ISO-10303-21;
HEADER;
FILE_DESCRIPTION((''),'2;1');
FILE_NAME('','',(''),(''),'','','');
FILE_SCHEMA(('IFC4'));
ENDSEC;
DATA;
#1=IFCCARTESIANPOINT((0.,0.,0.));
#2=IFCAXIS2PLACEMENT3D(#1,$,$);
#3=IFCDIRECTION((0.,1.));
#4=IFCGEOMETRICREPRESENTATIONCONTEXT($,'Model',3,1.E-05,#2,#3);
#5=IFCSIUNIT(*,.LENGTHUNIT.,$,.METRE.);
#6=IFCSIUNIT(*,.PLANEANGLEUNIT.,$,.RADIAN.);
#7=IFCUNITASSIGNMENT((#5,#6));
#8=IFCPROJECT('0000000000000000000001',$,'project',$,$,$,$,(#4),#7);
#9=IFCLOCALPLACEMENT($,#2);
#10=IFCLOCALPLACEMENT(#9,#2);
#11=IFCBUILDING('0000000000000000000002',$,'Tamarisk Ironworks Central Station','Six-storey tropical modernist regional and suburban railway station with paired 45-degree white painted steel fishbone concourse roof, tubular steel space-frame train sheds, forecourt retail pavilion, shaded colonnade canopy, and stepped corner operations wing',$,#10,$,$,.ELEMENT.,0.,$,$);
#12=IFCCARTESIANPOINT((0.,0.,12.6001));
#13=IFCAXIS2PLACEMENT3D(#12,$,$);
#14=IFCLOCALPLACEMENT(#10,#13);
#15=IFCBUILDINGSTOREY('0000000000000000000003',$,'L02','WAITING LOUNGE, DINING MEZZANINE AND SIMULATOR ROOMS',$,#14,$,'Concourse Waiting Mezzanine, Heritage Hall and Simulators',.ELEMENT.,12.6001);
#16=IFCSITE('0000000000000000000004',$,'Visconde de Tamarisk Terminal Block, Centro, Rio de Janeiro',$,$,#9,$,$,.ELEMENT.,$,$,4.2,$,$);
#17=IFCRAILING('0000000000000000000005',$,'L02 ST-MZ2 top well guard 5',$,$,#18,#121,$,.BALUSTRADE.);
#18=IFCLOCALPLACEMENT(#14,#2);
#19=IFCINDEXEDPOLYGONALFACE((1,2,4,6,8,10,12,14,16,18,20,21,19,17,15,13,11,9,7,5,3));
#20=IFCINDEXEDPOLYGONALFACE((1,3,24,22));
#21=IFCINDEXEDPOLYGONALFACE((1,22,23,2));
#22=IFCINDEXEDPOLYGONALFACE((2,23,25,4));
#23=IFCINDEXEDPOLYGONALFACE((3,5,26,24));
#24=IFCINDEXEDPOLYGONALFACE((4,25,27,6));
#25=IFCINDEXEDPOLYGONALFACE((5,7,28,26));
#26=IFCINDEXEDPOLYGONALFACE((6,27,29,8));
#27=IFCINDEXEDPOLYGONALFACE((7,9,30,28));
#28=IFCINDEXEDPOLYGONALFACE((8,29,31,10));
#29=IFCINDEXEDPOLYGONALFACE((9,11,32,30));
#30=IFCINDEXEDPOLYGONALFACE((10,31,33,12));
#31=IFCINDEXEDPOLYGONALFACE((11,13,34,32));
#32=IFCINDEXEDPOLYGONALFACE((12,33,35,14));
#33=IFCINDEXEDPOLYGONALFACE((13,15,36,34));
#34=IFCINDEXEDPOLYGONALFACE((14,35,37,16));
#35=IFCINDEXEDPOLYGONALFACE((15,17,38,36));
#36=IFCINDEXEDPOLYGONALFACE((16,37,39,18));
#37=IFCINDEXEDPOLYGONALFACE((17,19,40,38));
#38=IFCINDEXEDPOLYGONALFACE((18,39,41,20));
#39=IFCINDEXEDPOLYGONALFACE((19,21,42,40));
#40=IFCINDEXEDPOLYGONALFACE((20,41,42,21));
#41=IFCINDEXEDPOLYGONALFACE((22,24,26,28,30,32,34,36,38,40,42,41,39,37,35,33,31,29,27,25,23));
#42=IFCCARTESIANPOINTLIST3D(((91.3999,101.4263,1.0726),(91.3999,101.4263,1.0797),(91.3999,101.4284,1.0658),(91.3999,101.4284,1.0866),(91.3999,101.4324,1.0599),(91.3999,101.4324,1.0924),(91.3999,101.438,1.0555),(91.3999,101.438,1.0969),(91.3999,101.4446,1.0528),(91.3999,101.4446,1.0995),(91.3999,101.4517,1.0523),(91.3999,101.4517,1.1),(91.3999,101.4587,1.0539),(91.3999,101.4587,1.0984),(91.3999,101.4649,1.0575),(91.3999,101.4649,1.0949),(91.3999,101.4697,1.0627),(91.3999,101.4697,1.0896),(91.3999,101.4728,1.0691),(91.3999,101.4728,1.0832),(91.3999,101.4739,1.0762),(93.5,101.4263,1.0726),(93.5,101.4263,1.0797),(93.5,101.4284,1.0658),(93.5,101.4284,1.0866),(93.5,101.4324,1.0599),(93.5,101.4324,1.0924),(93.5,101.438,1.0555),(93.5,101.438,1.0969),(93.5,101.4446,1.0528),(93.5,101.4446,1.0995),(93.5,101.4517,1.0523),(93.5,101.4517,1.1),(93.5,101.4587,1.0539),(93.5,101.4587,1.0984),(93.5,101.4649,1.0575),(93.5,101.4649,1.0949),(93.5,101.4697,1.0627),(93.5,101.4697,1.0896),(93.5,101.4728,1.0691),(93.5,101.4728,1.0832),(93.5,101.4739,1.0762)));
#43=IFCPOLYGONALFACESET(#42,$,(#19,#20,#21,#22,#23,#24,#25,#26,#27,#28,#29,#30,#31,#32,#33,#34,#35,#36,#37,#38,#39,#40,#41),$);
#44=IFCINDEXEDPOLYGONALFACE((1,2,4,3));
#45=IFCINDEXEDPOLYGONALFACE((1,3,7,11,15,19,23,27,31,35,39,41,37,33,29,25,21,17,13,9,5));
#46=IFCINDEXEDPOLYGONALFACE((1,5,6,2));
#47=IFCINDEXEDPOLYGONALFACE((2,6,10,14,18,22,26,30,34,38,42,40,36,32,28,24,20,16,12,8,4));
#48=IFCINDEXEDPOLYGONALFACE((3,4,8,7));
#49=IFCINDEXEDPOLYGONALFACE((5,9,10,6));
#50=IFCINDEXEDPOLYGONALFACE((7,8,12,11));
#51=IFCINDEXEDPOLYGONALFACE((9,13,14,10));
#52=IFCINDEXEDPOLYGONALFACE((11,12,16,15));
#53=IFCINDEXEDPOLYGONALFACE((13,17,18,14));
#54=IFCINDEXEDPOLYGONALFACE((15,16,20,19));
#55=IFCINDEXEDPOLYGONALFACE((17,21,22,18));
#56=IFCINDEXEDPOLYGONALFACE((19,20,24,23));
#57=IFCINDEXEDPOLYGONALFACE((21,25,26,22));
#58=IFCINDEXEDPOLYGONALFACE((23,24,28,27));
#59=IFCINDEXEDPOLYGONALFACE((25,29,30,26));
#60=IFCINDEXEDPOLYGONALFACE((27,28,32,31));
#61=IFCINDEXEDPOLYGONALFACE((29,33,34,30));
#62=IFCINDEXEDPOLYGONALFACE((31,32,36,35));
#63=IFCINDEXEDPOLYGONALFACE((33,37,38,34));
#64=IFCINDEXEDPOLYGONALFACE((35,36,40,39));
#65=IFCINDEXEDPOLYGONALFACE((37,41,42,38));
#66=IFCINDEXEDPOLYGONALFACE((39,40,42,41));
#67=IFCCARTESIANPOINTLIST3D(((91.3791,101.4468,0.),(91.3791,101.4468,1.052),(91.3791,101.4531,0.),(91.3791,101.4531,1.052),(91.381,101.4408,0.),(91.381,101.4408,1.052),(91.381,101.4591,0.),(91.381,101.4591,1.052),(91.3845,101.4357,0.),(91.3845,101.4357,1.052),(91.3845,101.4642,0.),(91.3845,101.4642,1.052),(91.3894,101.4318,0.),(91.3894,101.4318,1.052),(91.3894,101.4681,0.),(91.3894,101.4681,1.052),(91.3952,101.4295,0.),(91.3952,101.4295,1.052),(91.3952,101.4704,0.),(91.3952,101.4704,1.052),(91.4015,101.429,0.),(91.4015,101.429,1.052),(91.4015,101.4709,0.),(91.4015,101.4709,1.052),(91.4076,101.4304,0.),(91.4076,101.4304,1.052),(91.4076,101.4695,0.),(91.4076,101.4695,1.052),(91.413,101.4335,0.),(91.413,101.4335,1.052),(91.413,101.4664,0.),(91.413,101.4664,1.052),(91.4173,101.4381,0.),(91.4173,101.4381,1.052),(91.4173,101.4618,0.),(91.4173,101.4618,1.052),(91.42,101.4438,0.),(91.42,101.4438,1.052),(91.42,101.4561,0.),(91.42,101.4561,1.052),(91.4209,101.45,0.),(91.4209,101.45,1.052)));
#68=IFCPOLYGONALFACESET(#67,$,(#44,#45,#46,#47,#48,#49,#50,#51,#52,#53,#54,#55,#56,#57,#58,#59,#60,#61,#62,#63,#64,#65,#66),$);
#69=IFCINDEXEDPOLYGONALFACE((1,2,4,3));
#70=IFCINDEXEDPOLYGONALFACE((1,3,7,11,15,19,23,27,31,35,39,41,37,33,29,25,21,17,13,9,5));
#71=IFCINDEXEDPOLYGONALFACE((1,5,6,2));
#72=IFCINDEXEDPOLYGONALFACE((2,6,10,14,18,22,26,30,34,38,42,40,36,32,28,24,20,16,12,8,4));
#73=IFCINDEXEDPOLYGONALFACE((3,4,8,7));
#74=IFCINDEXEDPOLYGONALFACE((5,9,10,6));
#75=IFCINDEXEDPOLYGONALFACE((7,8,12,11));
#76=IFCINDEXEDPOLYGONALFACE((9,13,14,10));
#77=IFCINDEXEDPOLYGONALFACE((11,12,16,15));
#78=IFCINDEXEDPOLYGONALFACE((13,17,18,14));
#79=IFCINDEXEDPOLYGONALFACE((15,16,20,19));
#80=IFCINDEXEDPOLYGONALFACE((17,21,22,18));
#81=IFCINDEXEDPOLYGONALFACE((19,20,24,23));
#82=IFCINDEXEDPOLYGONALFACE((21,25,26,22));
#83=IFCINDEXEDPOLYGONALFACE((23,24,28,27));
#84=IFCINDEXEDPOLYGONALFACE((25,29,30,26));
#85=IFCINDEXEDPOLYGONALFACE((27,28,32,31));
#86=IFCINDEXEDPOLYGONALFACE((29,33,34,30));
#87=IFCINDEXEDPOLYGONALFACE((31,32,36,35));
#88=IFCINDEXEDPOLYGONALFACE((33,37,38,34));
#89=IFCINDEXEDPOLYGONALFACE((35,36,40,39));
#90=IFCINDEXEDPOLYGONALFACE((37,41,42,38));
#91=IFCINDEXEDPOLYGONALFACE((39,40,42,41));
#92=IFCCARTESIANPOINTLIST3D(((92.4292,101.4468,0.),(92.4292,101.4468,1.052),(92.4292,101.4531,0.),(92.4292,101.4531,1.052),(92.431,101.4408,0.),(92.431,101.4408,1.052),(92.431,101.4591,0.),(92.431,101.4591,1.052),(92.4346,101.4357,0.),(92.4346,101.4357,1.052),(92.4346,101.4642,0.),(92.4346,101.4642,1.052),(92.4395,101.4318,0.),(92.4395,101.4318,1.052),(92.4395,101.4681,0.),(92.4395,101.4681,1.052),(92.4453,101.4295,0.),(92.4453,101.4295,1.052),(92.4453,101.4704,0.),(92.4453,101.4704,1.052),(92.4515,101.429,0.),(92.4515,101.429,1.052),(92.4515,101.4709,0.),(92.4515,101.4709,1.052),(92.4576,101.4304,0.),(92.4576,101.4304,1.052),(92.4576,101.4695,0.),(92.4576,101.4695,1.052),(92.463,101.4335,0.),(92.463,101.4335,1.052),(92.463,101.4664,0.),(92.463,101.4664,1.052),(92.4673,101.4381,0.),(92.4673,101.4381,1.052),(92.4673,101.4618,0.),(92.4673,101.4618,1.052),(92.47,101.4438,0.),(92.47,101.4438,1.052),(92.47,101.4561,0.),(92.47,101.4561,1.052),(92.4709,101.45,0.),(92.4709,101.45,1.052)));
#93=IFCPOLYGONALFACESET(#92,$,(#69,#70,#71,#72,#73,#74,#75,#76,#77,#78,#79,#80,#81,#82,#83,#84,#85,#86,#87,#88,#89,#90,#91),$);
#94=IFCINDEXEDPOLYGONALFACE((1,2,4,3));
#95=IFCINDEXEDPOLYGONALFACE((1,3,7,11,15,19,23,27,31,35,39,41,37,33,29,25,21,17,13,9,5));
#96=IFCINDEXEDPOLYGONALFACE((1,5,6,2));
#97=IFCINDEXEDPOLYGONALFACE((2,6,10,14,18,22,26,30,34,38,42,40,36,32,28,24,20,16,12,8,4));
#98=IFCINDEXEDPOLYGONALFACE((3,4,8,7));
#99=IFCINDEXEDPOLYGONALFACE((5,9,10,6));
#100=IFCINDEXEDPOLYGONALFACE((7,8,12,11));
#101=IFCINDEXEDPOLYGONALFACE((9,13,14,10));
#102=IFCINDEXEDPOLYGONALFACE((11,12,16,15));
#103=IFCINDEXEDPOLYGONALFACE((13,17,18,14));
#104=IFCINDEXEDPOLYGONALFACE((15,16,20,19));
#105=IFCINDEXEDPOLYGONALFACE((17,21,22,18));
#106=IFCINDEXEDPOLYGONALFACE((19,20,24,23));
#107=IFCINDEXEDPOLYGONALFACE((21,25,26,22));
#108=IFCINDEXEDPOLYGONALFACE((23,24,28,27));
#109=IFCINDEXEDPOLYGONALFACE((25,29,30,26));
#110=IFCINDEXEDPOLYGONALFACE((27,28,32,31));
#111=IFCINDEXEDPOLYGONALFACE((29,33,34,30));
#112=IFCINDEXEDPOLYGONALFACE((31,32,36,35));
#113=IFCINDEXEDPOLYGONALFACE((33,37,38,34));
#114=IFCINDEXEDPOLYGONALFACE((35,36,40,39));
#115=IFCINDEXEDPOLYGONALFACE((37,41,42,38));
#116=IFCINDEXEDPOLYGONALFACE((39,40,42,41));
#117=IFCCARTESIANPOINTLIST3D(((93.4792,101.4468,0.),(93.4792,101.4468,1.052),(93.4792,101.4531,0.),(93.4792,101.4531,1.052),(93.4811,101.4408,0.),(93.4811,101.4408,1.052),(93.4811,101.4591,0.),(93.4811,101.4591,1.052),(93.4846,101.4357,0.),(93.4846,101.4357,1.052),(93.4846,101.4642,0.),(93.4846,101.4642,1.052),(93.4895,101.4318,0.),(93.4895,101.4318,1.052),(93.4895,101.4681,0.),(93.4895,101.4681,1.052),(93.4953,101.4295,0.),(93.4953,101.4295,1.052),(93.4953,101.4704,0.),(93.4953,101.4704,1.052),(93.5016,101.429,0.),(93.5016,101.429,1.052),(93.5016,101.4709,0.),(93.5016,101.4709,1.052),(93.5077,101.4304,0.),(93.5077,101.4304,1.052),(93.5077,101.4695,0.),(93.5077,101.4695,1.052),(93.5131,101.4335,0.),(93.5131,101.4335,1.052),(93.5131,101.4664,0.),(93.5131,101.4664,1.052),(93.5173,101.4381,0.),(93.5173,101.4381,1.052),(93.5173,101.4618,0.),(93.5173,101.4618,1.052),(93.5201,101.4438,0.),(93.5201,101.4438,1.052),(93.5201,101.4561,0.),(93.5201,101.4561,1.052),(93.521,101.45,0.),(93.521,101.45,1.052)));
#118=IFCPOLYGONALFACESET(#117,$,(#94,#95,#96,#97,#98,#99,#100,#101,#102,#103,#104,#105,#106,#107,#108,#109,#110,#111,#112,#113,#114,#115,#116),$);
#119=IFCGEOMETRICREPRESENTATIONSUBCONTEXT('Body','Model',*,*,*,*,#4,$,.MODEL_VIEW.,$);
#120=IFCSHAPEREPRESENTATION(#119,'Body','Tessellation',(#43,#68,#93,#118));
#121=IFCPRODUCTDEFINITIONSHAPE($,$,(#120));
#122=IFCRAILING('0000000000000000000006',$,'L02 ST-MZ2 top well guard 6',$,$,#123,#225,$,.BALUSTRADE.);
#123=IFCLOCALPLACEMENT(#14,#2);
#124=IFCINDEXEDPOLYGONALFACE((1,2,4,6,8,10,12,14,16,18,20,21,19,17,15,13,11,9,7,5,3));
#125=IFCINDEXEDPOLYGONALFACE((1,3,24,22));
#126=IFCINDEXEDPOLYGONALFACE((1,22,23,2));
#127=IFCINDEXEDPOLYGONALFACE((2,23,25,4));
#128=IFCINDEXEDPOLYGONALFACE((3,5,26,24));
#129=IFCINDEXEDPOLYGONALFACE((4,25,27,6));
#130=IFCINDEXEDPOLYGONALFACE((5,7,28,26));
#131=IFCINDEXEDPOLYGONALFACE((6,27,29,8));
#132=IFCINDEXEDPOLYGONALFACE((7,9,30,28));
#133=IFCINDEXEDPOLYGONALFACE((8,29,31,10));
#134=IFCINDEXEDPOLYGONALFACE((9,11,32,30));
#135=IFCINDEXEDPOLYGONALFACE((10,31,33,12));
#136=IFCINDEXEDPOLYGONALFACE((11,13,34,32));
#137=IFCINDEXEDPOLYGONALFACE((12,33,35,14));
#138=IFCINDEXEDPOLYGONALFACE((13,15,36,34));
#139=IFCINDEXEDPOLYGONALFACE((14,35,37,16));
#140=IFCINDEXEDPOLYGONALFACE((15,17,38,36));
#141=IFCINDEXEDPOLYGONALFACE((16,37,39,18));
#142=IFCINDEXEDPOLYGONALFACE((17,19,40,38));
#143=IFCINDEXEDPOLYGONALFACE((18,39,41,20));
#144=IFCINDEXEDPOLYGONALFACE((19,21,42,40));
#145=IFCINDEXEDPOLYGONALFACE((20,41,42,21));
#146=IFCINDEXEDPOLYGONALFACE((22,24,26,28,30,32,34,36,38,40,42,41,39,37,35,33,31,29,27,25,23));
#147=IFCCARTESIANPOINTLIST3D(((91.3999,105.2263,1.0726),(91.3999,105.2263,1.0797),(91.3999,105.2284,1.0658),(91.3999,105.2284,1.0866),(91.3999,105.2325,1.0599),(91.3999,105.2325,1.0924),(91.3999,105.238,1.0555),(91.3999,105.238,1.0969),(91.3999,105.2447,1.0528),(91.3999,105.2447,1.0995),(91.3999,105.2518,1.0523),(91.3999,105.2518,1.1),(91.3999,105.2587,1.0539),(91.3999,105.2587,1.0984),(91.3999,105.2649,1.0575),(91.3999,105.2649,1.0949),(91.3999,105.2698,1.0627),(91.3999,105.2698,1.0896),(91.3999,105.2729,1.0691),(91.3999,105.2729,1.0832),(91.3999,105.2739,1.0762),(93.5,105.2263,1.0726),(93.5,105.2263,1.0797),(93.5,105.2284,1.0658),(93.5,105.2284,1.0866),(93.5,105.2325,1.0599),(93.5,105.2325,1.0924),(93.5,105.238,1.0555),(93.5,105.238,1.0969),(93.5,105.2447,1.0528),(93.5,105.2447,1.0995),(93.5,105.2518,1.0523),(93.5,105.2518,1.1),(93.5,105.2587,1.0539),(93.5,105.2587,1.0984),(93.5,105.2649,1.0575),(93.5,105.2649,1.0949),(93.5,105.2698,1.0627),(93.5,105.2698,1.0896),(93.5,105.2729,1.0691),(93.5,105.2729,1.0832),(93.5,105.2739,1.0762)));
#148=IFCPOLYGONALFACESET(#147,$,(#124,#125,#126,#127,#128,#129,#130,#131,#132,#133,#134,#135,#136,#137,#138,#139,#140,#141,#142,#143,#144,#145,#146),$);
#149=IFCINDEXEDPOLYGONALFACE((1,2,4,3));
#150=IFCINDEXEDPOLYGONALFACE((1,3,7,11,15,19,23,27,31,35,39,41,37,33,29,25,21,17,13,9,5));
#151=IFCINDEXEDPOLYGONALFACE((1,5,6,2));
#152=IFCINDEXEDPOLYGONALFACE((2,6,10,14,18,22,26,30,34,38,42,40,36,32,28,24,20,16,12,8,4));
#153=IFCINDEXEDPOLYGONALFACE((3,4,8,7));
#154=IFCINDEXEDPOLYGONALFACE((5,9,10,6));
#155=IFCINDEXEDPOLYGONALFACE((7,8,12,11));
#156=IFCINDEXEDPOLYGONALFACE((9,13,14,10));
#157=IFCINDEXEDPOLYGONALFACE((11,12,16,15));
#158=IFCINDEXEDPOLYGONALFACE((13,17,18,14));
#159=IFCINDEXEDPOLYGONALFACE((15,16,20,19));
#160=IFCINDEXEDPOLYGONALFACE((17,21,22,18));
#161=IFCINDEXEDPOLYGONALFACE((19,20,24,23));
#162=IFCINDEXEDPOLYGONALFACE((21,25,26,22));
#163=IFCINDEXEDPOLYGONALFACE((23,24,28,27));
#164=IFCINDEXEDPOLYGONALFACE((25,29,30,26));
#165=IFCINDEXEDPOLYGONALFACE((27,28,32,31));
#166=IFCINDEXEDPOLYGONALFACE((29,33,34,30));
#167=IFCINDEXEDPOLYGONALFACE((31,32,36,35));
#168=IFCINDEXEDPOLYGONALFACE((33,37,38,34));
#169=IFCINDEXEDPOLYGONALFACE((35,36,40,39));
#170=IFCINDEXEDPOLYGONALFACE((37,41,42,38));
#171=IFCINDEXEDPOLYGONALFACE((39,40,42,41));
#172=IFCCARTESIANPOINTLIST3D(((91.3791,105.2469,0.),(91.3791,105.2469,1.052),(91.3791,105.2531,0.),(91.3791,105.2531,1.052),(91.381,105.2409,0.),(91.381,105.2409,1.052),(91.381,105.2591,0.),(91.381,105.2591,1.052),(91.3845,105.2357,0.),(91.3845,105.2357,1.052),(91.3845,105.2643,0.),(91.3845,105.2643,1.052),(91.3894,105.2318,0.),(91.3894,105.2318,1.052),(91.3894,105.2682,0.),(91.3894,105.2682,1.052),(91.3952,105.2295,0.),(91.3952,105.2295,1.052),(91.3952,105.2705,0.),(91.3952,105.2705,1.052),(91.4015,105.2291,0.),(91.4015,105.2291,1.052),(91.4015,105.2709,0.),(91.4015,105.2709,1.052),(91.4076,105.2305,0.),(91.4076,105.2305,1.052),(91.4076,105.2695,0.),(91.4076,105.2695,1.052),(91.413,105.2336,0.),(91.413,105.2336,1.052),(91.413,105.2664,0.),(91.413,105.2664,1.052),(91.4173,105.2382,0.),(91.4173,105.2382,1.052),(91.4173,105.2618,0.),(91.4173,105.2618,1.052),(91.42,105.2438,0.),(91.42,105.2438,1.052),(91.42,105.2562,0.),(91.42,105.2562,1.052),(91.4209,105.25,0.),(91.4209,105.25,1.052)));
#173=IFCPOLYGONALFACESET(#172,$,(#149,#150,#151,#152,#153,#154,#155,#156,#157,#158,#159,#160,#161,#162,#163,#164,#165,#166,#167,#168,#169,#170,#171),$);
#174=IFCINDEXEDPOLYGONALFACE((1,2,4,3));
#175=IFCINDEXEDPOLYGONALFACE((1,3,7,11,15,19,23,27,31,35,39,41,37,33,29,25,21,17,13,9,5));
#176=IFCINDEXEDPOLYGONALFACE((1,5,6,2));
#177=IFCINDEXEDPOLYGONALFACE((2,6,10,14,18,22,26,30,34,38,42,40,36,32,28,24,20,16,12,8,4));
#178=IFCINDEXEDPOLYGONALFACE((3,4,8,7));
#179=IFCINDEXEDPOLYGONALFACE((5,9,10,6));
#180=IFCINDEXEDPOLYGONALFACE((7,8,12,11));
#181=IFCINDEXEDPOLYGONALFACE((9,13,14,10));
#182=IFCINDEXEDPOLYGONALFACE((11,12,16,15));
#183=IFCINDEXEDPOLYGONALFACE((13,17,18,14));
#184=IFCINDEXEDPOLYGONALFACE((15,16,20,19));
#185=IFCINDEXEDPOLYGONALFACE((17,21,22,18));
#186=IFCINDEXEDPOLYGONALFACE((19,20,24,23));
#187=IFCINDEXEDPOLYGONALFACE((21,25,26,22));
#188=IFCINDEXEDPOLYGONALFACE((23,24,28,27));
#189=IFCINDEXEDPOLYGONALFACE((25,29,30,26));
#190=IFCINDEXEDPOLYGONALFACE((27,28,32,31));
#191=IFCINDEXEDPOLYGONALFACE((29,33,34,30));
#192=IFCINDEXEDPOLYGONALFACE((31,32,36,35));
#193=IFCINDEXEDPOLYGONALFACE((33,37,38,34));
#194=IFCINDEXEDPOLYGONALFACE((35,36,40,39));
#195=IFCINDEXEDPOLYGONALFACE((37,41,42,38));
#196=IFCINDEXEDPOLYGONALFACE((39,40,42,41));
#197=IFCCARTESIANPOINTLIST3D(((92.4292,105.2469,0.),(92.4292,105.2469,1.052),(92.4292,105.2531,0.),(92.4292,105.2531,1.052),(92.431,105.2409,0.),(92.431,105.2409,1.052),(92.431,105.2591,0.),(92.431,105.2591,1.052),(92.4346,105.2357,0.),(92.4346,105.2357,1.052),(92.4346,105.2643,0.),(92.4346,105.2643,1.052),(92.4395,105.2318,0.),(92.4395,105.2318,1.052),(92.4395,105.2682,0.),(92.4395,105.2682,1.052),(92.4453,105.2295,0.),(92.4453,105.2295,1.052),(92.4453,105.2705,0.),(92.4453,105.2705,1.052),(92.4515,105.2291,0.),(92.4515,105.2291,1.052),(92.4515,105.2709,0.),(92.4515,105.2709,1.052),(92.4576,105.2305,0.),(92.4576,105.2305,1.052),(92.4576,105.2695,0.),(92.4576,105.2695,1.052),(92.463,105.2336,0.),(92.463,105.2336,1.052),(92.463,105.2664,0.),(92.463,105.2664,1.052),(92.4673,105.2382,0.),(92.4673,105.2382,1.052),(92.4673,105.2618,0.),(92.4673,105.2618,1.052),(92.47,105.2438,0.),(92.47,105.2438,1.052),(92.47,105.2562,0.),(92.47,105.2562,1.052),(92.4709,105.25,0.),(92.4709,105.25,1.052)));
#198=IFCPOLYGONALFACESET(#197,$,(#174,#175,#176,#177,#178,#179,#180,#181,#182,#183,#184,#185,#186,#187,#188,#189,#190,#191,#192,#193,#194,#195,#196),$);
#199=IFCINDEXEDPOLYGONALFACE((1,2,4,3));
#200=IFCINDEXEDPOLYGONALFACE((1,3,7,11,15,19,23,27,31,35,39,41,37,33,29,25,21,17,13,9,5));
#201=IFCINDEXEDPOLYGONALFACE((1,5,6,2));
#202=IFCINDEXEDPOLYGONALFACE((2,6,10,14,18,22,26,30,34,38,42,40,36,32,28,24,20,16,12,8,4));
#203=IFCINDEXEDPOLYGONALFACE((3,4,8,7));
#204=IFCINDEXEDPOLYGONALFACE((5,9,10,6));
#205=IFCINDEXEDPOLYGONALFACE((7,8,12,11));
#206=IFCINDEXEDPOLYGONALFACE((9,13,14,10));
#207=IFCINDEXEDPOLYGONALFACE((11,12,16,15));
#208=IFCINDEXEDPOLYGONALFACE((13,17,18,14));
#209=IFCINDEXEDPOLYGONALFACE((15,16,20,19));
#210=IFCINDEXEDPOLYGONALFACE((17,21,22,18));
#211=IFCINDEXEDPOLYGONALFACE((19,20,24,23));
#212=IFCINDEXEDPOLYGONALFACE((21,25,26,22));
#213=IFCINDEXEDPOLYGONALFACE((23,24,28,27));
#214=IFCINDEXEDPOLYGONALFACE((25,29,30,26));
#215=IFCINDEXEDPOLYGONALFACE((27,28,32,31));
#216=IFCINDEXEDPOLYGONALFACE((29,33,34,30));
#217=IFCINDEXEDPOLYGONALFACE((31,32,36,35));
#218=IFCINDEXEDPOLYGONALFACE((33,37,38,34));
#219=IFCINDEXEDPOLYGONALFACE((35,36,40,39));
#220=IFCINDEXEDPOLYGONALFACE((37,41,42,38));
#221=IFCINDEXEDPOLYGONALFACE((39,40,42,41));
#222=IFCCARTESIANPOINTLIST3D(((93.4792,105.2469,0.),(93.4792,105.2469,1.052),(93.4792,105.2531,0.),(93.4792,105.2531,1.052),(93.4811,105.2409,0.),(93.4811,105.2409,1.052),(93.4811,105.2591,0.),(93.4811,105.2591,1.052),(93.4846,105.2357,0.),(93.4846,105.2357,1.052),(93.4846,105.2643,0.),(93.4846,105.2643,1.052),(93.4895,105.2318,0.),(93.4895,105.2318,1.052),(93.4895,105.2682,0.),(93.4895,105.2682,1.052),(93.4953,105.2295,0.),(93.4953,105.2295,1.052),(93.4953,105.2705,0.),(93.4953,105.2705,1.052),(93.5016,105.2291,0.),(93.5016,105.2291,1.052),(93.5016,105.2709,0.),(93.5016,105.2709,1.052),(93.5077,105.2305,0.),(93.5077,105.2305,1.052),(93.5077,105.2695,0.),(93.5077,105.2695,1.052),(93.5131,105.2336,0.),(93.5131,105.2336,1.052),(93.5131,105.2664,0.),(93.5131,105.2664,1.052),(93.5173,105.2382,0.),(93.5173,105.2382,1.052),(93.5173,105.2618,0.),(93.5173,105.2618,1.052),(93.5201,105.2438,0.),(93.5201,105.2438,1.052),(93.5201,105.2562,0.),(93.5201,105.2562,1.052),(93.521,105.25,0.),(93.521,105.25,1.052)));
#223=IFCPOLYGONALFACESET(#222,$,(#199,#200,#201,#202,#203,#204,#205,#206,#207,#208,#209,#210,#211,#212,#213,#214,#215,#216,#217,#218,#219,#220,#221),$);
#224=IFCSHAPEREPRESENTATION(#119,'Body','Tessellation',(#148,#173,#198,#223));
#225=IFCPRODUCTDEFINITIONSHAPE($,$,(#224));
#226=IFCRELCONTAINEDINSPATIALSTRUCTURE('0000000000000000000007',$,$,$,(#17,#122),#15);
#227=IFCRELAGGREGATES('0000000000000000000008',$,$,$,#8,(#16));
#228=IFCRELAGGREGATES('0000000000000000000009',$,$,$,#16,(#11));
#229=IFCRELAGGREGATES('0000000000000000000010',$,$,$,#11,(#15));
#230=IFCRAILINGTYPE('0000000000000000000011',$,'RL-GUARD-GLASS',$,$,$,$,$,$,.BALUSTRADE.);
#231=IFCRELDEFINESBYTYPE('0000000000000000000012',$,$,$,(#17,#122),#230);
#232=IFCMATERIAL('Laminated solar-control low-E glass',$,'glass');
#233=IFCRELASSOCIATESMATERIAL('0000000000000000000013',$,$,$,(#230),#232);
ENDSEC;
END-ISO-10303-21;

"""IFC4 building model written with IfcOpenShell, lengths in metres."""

from ifc_helpers import new_model, si_unit, direction, frame, origin, origin_2d, place, context, subcontext, project, spatial, circle, extrude, material, type_object, element, save


model = new_model("IFC4")

# Units and contexts
model_context = context("Model", 3, precision=1e-05, world=origin(), true_north=direction((0.0, 1.0)))
body_context = subcontext(model_context, "Body", "Model", "MODEL_VIEW")
ifc_project = project(units=[si_unit("LENGTHUNIT", "METRE"), si_unit("PLANEANGLEUNIT", "RADIAN")], contexts=[model_context])

# Site, building, storey
site_placement = place(None, origin())
site = spatial("IfcSite", under=ifc_project, at=site_placement, Name="Visconde de Tamarisk Terminal Block, Centro, Rio de Janeiro", CompositionType="ELEMENT", RefElevation=4.2)
building_placement = place(site_placement, origin())
building = spatial("IfcBuilding", under=site, at=building_placement, Name="Tamarisk Ironworks Central Station", Description="Six-storey tropical modernist regional and suburban railway station with paired 45-degree white painted steel fishbone concourse roof, tubular steel space-frame train sheds, forecourt retail pavilion, shaded colonnade canopy, and stepped corner operations wing", CompositionType="ELEMENT", ElevationOfRefHeight=0.0)
storey_placement = place(building_placement, frame((0.0, 0.0, 12.6001)))
storey = spatial("IfcBuildingStorey", under=building, at=storey_placement, Name="L02", Description="WAITING LOUNGE, DINING MEZZANINE AND SIMULATOR ROOMS", LongName="Concourse Waiting Mezzanine, Heritage Hall and Simulators", CompositionType="ELEMENT", Elevation=12.6001)

# Shared definitions
ifc_material_1 = material(Name="Laminated solar-control low-E glass", Category="glass")

# Railings
railing_type_1 = type_object("IfcRailingType", Name="RL-GUARD-GLASS", PredefinedType="BALUSTRADE", material=ifc_material_1)
for number, where, name in (
    (1, (91.3999, 101.45, 0.0), "L02 ST-MZ2 top well guard 5"),
    (2, (91.3999, 105.25, 0.0), "L02 ST-MZ2 top well guard 6"),
):
    element("IfcRailing", number, at=place(storey_placement, frame(where)), inside=storey, type_object=railing_type_1, Name=name, PredefinedType="BALUSTRADE", context=body_context, shape_type="SweptSolid", body=[
        extrude(circle(Radius=0.0239, at=origin_2d()), frame((0.0, 0.0, 1.0762), z_axis=(1.0, 0.0, 0.0), x_axis=(0.0, 1.0, 0.0)), (0.0, 0.0, 1.0), 2.1001),
        extrude(circle(Radius=0.021, at=origin_2d()), origin(), (0.0, 0.0, 1.0), 1.052),
        extrude(circle(Radius=0.021, at=origin_2d()), frame((1.05, 0.0, 0.0)), (0.0, 0.0, 1.0), 1.052),
        extrude(circle(Radius=0.021, at=origin_2d()), frame((2.1001, 0.0, 0.0)), (0.0, 0.0, 1.0), 1.052),
    ])

save(model, "model.ifc")
